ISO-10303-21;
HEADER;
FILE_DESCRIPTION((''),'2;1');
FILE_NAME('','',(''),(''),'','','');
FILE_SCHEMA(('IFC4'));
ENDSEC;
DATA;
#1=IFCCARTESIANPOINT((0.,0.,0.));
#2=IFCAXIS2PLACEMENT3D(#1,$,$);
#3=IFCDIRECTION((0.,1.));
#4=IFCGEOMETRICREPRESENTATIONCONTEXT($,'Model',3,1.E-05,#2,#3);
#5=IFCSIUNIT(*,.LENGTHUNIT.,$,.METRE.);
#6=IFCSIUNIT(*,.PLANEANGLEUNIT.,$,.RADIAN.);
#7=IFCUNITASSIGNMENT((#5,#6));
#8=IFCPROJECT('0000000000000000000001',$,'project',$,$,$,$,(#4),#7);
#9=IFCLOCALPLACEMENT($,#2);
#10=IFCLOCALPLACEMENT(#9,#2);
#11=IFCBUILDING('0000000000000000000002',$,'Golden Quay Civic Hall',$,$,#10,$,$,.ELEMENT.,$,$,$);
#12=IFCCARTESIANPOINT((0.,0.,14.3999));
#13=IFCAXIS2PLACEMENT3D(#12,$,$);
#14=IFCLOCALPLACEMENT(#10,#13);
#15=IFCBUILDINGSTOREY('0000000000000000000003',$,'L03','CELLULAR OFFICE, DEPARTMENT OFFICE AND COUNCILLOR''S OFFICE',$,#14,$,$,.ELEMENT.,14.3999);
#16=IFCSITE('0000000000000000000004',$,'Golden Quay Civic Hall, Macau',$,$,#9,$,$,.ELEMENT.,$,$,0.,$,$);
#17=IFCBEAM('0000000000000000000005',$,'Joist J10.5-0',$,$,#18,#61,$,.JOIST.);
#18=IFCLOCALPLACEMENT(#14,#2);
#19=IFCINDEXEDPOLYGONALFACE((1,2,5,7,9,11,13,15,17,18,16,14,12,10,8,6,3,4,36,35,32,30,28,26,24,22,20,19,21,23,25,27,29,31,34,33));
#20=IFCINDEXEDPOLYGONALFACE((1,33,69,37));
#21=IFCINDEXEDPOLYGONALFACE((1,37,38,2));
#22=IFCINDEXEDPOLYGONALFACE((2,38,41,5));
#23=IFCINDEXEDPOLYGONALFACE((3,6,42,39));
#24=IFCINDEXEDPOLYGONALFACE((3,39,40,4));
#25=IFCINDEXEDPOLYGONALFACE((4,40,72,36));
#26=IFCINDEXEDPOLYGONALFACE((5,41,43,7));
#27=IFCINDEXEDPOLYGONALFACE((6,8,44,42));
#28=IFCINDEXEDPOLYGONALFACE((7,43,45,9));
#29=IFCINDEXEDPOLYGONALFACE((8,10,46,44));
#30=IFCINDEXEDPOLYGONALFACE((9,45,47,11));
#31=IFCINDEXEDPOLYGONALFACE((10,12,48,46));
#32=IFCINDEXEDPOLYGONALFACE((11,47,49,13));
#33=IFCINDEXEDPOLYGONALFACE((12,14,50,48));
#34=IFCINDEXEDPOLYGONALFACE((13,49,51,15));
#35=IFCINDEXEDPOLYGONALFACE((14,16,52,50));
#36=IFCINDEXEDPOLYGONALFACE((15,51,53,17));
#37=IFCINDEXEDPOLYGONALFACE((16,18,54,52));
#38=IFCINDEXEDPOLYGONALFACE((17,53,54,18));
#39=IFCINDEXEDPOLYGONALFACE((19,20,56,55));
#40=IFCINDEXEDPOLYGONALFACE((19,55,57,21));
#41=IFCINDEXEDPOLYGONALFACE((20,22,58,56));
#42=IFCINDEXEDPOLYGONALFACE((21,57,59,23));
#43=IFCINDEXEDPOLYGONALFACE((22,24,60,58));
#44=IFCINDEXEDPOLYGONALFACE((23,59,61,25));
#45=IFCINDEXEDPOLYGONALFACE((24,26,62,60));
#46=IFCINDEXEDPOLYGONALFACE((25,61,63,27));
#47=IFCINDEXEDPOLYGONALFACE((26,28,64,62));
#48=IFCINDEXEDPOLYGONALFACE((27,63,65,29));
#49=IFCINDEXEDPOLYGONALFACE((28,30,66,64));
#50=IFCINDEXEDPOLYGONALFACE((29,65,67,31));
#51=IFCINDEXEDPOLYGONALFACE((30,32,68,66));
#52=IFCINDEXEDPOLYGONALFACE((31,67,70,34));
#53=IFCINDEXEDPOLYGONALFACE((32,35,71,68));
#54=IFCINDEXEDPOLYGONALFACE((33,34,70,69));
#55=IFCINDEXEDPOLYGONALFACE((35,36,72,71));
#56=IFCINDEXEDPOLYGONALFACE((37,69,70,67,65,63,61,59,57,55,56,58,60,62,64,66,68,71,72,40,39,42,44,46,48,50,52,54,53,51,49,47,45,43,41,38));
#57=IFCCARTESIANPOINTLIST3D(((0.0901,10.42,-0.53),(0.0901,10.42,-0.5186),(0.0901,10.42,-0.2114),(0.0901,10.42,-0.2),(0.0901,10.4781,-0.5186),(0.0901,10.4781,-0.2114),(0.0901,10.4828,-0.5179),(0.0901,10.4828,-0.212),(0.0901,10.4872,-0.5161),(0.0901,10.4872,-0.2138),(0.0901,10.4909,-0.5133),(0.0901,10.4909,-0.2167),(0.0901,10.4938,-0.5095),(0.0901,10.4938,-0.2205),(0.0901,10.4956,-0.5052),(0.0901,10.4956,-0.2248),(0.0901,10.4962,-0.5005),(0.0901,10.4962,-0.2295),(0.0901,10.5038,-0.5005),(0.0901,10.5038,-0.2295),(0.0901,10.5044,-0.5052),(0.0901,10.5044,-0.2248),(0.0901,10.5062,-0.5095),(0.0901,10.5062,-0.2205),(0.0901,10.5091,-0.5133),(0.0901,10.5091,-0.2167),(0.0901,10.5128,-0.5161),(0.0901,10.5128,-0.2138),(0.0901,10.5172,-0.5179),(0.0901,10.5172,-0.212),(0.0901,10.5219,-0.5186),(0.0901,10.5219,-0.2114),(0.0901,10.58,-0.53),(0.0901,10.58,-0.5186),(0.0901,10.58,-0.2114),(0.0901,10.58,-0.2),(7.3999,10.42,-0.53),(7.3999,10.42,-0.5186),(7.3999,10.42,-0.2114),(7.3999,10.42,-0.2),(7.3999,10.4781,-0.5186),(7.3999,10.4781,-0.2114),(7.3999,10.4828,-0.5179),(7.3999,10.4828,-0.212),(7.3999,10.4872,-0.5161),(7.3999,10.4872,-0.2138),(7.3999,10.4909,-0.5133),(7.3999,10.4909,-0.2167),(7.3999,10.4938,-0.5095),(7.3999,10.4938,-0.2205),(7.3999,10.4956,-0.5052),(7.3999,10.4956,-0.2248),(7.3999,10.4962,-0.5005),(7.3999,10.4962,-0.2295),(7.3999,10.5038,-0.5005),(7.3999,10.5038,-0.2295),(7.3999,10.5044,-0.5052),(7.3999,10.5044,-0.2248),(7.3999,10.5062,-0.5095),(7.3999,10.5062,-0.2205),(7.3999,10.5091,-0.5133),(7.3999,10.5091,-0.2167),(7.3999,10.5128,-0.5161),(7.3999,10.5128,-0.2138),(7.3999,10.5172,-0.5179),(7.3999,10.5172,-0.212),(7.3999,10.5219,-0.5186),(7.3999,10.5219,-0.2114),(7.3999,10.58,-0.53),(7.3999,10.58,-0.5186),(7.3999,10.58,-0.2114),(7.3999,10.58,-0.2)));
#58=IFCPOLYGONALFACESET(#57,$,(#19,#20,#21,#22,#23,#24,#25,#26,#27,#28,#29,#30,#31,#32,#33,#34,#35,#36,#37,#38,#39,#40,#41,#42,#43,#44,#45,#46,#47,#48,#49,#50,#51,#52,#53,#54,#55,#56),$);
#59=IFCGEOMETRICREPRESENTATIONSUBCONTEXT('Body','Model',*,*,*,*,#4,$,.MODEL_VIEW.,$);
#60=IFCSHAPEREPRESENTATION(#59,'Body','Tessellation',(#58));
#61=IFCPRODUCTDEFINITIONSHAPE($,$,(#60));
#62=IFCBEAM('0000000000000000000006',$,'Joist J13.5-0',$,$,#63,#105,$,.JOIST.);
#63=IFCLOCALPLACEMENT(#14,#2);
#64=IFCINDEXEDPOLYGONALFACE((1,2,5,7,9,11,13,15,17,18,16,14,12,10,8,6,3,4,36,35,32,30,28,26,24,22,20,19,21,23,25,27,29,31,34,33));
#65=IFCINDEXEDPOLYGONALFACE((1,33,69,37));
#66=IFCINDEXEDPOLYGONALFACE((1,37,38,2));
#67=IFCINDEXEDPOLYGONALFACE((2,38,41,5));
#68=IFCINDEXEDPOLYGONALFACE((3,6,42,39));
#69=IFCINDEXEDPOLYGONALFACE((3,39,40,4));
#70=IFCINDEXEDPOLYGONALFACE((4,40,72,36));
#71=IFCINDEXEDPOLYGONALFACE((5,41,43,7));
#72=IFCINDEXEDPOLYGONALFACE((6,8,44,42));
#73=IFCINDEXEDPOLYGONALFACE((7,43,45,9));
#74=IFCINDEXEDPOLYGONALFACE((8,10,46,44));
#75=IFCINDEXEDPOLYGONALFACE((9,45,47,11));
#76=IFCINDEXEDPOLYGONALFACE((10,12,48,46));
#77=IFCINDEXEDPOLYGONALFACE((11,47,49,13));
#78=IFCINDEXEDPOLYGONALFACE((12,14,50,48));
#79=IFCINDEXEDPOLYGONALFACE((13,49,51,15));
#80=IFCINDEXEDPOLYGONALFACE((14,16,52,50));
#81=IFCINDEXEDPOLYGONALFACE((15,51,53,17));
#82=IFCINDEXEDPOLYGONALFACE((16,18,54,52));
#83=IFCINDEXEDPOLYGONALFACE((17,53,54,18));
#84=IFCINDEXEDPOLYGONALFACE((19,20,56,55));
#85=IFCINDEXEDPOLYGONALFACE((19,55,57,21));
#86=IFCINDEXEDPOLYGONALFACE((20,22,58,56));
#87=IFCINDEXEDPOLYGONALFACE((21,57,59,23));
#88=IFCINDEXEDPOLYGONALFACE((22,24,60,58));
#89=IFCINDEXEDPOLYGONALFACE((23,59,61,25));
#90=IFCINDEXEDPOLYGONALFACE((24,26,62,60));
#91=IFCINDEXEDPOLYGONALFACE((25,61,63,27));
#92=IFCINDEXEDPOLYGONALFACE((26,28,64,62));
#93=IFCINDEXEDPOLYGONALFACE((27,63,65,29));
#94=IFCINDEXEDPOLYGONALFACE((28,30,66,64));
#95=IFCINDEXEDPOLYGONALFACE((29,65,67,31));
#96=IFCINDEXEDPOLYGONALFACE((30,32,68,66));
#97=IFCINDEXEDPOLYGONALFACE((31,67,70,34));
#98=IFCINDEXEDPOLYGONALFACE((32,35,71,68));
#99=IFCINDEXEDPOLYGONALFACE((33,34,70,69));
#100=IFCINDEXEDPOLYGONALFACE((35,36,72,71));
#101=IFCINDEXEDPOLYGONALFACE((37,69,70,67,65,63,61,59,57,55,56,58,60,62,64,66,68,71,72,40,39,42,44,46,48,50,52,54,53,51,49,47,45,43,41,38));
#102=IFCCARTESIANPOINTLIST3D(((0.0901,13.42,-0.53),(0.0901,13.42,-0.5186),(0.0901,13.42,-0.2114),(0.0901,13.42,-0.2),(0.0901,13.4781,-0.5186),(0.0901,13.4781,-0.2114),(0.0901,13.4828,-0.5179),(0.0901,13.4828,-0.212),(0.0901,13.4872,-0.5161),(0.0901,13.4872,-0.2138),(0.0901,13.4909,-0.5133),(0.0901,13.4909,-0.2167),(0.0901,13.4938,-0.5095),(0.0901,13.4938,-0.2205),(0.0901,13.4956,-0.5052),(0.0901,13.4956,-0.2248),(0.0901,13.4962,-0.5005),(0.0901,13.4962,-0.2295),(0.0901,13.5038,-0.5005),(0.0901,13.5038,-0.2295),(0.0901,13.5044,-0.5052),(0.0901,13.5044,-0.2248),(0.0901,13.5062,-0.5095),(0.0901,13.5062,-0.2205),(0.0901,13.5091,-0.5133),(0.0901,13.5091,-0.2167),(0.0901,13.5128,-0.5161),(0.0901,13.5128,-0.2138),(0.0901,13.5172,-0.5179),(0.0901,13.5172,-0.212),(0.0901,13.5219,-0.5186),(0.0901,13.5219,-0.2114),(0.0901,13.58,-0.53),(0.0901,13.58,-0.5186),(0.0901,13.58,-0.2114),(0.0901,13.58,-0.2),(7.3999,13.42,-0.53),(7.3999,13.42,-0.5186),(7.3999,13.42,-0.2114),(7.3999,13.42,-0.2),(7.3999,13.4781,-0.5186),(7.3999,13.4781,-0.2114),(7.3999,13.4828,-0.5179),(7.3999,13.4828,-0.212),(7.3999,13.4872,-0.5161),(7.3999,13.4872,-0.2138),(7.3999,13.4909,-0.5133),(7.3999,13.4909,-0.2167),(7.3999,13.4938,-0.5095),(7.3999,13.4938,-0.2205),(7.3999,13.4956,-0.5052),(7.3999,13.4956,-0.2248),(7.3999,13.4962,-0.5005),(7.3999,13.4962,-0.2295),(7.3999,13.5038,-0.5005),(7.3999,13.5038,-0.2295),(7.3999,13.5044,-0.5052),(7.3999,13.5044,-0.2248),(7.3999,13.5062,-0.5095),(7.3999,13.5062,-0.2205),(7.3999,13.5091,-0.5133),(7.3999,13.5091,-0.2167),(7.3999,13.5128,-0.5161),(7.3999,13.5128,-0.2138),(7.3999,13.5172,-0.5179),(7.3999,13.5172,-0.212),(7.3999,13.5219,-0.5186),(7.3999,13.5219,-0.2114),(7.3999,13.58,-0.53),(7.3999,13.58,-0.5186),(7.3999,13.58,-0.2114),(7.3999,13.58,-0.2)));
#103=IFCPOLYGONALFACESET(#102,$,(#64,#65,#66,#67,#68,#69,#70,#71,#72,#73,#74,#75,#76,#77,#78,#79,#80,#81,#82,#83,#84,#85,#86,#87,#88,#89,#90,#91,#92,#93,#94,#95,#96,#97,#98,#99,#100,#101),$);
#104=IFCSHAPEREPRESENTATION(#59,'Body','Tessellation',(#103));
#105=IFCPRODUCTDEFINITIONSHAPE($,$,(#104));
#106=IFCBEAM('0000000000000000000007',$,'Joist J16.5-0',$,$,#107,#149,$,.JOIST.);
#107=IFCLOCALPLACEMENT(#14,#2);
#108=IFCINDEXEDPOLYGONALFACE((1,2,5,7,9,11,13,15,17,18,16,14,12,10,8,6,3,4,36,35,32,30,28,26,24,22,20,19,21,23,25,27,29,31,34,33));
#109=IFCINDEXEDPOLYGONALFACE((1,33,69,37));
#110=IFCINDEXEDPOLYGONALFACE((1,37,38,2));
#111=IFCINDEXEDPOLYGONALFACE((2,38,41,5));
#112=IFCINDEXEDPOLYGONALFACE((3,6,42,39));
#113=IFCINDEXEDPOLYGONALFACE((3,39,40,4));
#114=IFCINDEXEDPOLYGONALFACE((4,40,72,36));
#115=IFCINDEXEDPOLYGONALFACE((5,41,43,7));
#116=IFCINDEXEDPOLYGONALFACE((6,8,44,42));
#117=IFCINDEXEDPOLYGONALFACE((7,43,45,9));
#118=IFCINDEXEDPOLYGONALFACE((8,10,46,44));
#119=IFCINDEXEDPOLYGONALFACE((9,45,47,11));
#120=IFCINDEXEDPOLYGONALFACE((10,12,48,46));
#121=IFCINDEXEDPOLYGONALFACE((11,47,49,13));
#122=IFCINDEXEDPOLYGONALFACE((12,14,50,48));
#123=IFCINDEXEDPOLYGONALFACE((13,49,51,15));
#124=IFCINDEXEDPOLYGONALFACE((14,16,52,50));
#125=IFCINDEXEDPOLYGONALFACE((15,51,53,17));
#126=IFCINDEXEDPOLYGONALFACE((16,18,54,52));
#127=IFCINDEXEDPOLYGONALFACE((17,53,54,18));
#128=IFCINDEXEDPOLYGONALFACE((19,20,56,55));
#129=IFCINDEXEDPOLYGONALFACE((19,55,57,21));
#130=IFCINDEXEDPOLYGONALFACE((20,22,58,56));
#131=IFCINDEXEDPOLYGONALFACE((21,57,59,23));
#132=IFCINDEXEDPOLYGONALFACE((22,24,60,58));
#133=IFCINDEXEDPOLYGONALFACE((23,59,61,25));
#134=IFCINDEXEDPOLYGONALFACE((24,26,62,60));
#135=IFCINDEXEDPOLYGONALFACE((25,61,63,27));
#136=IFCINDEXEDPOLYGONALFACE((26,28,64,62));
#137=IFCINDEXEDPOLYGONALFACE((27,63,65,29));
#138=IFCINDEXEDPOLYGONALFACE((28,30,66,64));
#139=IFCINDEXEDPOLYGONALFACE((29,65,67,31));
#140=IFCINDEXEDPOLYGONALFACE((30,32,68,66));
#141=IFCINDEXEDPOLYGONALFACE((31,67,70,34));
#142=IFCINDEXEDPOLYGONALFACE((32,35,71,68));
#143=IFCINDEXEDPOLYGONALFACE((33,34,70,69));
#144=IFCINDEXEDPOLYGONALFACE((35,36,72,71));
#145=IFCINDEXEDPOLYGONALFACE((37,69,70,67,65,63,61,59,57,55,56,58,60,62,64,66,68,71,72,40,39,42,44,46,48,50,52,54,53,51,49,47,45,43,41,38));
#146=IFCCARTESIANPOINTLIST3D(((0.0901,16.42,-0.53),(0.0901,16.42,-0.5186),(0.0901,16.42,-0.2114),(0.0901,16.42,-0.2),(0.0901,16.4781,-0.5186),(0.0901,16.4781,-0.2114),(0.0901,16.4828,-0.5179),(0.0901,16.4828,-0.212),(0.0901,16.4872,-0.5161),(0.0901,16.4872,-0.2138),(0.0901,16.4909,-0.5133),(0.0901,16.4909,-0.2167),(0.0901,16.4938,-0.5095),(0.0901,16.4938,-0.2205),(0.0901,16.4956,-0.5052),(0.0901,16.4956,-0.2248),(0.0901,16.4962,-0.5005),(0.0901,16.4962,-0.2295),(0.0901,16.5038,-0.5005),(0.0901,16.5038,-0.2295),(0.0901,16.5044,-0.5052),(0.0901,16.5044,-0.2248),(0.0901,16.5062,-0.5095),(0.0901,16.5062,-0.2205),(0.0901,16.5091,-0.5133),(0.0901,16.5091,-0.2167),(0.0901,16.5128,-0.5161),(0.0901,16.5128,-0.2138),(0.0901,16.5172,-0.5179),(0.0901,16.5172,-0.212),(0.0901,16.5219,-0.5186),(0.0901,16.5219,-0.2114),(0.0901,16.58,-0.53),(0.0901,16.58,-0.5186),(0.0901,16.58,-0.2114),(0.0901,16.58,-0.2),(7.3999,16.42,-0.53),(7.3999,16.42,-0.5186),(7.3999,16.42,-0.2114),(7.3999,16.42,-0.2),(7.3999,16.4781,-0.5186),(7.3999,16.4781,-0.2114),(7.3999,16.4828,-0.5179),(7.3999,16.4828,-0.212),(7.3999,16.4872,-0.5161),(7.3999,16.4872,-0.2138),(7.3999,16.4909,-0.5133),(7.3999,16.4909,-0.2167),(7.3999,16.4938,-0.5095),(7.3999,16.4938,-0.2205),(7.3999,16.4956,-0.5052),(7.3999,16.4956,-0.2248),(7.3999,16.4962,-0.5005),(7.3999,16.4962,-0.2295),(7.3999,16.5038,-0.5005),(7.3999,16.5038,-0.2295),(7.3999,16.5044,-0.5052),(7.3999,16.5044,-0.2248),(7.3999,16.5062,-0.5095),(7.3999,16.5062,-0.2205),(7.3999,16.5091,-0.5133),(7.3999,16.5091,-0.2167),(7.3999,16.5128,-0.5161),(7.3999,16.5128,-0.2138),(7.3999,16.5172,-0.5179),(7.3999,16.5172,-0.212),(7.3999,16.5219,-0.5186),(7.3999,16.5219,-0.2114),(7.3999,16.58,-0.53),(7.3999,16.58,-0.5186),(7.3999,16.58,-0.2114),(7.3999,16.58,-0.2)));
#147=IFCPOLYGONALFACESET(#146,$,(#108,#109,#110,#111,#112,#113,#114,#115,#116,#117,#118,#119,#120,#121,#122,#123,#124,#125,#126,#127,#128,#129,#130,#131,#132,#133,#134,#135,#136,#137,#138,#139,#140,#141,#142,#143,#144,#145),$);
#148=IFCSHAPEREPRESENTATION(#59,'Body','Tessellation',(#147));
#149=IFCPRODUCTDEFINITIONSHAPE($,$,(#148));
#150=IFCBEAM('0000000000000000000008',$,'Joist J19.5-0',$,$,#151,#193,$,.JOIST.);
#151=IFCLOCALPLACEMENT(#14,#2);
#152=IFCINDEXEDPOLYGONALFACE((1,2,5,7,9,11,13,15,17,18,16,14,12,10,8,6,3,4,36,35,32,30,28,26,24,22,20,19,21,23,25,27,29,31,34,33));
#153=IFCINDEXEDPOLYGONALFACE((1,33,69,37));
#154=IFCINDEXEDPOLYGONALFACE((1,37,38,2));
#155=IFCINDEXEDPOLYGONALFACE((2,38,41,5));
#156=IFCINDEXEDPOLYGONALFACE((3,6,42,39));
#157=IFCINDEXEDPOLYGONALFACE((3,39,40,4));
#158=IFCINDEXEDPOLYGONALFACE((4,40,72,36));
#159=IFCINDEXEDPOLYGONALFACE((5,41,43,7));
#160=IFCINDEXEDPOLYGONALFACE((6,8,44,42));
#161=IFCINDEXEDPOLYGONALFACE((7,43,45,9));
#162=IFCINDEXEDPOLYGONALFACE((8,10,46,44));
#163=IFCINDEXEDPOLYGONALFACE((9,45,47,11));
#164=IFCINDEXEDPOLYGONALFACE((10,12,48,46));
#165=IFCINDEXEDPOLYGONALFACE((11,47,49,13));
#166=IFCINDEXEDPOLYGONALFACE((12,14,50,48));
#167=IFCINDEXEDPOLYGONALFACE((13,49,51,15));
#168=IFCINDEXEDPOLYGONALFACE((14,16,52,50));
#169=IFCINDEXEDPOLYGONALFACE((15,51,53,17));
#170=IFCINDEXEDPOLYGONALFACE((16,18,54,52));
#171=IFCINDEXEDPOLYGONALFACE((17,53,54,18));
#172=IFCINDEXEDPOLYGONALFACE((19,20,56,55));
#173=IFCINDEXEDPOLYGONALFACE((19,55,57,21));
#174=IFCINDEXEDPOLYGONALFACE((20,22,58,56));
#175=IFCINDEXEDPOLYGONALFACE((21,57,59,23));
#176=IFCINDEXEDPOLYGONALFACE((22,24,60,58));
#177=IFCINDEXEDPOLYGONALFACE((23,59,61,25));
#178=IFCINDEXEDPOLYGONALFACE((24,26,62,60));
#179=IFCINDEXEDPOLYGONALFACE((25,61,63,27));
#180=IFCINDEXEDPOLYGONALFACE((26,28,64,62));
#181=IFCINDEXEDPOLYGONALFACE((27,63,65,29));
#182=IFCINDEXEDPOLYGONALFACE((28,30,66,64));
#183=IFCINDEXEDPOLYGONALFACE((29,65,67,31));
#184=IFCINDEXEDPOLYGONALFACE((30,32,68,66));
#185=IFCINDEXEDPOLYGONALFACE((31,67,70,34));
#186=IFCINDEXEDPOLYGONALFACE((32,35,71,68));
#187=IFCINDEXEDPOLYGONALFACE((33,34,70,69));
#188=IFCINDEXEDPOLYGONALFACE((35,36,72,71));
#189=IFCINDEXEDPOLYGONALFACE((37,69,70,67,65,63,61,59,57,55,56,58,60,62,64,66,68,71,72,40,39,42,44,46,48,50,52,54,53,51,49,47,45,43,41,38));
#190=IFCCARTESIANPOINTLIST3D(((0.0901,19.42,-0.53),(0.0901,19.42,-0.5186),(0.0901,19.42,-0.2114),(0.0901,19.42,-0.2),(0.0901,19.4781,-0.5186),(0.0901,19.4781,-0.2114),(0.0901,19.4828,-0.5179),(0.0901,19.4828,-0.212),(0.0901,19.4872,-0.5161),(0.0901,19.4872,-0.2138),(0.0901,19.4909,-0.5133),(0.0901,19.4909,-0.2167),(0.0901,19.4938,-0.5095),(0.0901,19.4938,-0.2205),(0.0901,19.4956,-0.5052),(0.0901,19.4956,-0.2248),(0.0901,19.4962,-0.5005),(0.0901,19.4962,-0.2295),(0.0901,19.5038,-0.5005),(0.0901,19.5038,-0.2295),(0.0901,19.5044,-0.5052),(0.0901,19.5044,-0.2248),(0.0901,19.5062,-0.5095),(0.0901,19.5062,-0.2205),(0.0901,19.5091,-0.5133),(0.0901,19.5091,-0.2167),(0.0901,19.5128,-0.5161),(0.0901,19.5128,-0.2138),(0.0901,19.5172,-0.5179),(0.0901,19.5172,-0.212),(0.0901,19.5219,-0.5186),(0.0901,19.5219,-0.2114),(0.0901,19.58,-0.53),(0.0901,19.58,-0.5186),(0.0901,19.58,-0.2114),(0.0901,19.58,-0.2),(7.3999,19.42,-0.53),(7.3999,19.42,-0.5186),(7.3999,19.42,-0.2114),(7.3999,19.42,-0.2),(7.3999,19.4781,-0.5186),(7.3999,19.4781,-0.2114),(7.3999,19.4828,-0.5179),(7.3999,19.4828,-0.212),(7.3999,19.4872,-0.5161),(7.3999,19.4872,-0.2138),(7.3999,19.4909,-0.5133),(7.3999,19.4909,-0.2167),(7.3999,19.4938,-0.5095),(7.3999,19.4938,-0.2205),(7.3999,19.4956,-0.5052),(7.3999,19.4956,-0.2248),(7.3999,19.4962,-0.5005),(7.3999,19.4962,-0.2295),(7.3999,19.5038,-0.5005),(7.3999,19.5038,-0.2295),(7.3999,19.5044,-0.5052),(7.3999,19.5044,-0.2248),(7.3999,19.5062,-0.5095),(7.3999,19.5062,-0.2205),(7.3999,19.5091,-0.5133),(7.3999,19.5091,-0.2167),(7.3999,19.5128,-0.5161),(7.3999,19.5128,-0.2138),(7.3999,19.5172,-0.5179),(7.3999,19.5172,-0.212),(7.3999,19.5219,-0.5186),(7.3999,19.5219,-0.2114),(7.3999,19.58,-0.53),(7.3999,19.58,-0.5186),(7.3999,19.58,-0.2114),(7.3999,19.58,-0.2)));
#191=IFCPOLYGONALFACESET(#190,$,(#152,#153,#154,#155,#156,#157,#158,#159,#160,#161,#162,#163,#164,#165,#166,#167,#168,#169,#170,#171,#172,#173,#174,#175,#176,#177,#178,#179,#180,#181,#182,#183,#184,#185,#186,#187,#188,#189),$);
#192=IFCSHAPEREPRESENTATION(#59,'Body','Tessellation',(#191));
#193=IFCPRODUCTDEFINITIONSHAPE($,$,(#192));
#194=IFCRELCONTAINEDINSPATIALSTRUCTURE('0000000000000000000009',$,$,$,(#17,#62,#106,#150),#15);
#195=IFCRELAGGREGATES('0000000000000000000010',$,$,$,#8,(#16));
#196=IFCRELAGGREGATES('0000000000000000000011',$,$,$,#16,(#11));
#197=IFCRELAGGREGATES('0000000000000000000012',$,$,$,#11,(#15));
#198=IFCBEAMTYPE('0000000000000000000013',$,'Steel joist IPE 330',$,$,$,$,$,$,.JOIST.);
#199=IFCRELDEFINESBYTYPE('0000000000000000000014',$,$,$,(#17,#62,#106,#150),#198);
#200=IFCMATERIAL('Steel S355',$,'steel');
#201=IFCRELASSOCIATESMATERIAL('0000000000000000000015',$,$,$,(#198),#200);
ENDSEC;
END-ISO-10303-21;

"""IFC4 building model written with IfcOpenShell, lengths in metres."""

from ifc_helpers import new_model, si_unit, direction, frame, origin, origin_2d, place, context, subcontext, project, spatial, i_section, extrude, material, material_profile, profile_set, type_object, element, save


model = new_model("IFC4")

# Units and contexts
model_context = context("Model", 3, precision=1e-05, world=origin(), true_north=direction((0.0, 1.0)))
body_context = subcontext(model_context, "Body", "Model", "MODEL_VIEW")
ifc_project = project(units=[si_unit("LENGTHUNIT", "METRE"), si_unit("PLANEANGLEUNIT", "RADIAN")], contexts=[model_context])

# Site, building, storey
site_placement = place(None, origin())
site = spatial("IfcSite", under=ifc_project, at=site_placement, Name="Golden Quay Civic Hall, Macau", CompositionType="ELEMENT", RefElevation=0.0)
building_placement = place(site_placement, origin())
building = spatial("IfcBuilding", under=site, at=building_placement, Name="Golden Quay Civic Hall", CompositionType="ELEMENT")
storey_placement = place(building_placement, frame((0.0, 0.0, 14.3999)))
storey = spatial("IfcBuildingStorey", under=building, at=storey_placement, Name="L03", Description="CELLULAR OFFICE, DEPARTMENT OFFICE AND COUNCILLOR'S OFFICE", CompositionType="ELEMENT", Elevation=14.3999)

# Beams
ifc_material_1 = material(Name="Steel S355", Category="steel")
ifc_material_profile_1 = material_profile(ifc_material_1, i_section(OverallWidth=0.1599, OverallDepth=0.3301, WebThickness=0.0076, FlangeThickness=0.0115, FilletRadius=0.0181, at=origin_2d()), Name="IPE 330")
ifc_profile_set_1 = profile_set([ifc_material_profile_1], Name="Steel S355")
beam_type_1 = type_object("IfcBeamType", Name="Steel joist IPE 330", PredefinedType="JOIST", material=ifc_profile_set_1)
for number, where, z_axis, x_axis, name in (
    (1, (0.0901, 10.5, -0.365), (1.0, 0.0, 0.0), (0.0, 1.0, 0.0), "Joist J10.5-0"),
    (2, (0.0901, 13.5, -0.365), (1.0, 0.0, 0.0), (0.0, 1.0, 0.0), "Joist J13.5-0"),
    (3, (0.0901, 16.5, -0.365), (1.0, 0.0, 0.0), (0.0, 1.0, 0.0), "Joist J16.5-0"),
    (4, (0.0901, 19.5, -0.365), (1.0, 0.0, 0.0), (0.0, 1.0, 0.0), "Joist J19.5-0"),
):
    element("IfcBeam", number, at=place(storey_placement, frame(where, z_axis=z_axis, x_axis=x_axis)), inside=storey, type_object=beam_type_1, Name=name, PredefinedType="JOIST", context=body_context, shape_type="SweptSolid", body=[
        extrude(i_section(OverallWidth=0.1599, OverallDepth=0.3301, WebThickness=0.0076, FlangeThickness=0.0115, FilletRadius=0.0181, at=origin_2d()), origin(), (0.0, 0.0, 1.0), 7.3098),
    ])

save(model, "model.ifc")
